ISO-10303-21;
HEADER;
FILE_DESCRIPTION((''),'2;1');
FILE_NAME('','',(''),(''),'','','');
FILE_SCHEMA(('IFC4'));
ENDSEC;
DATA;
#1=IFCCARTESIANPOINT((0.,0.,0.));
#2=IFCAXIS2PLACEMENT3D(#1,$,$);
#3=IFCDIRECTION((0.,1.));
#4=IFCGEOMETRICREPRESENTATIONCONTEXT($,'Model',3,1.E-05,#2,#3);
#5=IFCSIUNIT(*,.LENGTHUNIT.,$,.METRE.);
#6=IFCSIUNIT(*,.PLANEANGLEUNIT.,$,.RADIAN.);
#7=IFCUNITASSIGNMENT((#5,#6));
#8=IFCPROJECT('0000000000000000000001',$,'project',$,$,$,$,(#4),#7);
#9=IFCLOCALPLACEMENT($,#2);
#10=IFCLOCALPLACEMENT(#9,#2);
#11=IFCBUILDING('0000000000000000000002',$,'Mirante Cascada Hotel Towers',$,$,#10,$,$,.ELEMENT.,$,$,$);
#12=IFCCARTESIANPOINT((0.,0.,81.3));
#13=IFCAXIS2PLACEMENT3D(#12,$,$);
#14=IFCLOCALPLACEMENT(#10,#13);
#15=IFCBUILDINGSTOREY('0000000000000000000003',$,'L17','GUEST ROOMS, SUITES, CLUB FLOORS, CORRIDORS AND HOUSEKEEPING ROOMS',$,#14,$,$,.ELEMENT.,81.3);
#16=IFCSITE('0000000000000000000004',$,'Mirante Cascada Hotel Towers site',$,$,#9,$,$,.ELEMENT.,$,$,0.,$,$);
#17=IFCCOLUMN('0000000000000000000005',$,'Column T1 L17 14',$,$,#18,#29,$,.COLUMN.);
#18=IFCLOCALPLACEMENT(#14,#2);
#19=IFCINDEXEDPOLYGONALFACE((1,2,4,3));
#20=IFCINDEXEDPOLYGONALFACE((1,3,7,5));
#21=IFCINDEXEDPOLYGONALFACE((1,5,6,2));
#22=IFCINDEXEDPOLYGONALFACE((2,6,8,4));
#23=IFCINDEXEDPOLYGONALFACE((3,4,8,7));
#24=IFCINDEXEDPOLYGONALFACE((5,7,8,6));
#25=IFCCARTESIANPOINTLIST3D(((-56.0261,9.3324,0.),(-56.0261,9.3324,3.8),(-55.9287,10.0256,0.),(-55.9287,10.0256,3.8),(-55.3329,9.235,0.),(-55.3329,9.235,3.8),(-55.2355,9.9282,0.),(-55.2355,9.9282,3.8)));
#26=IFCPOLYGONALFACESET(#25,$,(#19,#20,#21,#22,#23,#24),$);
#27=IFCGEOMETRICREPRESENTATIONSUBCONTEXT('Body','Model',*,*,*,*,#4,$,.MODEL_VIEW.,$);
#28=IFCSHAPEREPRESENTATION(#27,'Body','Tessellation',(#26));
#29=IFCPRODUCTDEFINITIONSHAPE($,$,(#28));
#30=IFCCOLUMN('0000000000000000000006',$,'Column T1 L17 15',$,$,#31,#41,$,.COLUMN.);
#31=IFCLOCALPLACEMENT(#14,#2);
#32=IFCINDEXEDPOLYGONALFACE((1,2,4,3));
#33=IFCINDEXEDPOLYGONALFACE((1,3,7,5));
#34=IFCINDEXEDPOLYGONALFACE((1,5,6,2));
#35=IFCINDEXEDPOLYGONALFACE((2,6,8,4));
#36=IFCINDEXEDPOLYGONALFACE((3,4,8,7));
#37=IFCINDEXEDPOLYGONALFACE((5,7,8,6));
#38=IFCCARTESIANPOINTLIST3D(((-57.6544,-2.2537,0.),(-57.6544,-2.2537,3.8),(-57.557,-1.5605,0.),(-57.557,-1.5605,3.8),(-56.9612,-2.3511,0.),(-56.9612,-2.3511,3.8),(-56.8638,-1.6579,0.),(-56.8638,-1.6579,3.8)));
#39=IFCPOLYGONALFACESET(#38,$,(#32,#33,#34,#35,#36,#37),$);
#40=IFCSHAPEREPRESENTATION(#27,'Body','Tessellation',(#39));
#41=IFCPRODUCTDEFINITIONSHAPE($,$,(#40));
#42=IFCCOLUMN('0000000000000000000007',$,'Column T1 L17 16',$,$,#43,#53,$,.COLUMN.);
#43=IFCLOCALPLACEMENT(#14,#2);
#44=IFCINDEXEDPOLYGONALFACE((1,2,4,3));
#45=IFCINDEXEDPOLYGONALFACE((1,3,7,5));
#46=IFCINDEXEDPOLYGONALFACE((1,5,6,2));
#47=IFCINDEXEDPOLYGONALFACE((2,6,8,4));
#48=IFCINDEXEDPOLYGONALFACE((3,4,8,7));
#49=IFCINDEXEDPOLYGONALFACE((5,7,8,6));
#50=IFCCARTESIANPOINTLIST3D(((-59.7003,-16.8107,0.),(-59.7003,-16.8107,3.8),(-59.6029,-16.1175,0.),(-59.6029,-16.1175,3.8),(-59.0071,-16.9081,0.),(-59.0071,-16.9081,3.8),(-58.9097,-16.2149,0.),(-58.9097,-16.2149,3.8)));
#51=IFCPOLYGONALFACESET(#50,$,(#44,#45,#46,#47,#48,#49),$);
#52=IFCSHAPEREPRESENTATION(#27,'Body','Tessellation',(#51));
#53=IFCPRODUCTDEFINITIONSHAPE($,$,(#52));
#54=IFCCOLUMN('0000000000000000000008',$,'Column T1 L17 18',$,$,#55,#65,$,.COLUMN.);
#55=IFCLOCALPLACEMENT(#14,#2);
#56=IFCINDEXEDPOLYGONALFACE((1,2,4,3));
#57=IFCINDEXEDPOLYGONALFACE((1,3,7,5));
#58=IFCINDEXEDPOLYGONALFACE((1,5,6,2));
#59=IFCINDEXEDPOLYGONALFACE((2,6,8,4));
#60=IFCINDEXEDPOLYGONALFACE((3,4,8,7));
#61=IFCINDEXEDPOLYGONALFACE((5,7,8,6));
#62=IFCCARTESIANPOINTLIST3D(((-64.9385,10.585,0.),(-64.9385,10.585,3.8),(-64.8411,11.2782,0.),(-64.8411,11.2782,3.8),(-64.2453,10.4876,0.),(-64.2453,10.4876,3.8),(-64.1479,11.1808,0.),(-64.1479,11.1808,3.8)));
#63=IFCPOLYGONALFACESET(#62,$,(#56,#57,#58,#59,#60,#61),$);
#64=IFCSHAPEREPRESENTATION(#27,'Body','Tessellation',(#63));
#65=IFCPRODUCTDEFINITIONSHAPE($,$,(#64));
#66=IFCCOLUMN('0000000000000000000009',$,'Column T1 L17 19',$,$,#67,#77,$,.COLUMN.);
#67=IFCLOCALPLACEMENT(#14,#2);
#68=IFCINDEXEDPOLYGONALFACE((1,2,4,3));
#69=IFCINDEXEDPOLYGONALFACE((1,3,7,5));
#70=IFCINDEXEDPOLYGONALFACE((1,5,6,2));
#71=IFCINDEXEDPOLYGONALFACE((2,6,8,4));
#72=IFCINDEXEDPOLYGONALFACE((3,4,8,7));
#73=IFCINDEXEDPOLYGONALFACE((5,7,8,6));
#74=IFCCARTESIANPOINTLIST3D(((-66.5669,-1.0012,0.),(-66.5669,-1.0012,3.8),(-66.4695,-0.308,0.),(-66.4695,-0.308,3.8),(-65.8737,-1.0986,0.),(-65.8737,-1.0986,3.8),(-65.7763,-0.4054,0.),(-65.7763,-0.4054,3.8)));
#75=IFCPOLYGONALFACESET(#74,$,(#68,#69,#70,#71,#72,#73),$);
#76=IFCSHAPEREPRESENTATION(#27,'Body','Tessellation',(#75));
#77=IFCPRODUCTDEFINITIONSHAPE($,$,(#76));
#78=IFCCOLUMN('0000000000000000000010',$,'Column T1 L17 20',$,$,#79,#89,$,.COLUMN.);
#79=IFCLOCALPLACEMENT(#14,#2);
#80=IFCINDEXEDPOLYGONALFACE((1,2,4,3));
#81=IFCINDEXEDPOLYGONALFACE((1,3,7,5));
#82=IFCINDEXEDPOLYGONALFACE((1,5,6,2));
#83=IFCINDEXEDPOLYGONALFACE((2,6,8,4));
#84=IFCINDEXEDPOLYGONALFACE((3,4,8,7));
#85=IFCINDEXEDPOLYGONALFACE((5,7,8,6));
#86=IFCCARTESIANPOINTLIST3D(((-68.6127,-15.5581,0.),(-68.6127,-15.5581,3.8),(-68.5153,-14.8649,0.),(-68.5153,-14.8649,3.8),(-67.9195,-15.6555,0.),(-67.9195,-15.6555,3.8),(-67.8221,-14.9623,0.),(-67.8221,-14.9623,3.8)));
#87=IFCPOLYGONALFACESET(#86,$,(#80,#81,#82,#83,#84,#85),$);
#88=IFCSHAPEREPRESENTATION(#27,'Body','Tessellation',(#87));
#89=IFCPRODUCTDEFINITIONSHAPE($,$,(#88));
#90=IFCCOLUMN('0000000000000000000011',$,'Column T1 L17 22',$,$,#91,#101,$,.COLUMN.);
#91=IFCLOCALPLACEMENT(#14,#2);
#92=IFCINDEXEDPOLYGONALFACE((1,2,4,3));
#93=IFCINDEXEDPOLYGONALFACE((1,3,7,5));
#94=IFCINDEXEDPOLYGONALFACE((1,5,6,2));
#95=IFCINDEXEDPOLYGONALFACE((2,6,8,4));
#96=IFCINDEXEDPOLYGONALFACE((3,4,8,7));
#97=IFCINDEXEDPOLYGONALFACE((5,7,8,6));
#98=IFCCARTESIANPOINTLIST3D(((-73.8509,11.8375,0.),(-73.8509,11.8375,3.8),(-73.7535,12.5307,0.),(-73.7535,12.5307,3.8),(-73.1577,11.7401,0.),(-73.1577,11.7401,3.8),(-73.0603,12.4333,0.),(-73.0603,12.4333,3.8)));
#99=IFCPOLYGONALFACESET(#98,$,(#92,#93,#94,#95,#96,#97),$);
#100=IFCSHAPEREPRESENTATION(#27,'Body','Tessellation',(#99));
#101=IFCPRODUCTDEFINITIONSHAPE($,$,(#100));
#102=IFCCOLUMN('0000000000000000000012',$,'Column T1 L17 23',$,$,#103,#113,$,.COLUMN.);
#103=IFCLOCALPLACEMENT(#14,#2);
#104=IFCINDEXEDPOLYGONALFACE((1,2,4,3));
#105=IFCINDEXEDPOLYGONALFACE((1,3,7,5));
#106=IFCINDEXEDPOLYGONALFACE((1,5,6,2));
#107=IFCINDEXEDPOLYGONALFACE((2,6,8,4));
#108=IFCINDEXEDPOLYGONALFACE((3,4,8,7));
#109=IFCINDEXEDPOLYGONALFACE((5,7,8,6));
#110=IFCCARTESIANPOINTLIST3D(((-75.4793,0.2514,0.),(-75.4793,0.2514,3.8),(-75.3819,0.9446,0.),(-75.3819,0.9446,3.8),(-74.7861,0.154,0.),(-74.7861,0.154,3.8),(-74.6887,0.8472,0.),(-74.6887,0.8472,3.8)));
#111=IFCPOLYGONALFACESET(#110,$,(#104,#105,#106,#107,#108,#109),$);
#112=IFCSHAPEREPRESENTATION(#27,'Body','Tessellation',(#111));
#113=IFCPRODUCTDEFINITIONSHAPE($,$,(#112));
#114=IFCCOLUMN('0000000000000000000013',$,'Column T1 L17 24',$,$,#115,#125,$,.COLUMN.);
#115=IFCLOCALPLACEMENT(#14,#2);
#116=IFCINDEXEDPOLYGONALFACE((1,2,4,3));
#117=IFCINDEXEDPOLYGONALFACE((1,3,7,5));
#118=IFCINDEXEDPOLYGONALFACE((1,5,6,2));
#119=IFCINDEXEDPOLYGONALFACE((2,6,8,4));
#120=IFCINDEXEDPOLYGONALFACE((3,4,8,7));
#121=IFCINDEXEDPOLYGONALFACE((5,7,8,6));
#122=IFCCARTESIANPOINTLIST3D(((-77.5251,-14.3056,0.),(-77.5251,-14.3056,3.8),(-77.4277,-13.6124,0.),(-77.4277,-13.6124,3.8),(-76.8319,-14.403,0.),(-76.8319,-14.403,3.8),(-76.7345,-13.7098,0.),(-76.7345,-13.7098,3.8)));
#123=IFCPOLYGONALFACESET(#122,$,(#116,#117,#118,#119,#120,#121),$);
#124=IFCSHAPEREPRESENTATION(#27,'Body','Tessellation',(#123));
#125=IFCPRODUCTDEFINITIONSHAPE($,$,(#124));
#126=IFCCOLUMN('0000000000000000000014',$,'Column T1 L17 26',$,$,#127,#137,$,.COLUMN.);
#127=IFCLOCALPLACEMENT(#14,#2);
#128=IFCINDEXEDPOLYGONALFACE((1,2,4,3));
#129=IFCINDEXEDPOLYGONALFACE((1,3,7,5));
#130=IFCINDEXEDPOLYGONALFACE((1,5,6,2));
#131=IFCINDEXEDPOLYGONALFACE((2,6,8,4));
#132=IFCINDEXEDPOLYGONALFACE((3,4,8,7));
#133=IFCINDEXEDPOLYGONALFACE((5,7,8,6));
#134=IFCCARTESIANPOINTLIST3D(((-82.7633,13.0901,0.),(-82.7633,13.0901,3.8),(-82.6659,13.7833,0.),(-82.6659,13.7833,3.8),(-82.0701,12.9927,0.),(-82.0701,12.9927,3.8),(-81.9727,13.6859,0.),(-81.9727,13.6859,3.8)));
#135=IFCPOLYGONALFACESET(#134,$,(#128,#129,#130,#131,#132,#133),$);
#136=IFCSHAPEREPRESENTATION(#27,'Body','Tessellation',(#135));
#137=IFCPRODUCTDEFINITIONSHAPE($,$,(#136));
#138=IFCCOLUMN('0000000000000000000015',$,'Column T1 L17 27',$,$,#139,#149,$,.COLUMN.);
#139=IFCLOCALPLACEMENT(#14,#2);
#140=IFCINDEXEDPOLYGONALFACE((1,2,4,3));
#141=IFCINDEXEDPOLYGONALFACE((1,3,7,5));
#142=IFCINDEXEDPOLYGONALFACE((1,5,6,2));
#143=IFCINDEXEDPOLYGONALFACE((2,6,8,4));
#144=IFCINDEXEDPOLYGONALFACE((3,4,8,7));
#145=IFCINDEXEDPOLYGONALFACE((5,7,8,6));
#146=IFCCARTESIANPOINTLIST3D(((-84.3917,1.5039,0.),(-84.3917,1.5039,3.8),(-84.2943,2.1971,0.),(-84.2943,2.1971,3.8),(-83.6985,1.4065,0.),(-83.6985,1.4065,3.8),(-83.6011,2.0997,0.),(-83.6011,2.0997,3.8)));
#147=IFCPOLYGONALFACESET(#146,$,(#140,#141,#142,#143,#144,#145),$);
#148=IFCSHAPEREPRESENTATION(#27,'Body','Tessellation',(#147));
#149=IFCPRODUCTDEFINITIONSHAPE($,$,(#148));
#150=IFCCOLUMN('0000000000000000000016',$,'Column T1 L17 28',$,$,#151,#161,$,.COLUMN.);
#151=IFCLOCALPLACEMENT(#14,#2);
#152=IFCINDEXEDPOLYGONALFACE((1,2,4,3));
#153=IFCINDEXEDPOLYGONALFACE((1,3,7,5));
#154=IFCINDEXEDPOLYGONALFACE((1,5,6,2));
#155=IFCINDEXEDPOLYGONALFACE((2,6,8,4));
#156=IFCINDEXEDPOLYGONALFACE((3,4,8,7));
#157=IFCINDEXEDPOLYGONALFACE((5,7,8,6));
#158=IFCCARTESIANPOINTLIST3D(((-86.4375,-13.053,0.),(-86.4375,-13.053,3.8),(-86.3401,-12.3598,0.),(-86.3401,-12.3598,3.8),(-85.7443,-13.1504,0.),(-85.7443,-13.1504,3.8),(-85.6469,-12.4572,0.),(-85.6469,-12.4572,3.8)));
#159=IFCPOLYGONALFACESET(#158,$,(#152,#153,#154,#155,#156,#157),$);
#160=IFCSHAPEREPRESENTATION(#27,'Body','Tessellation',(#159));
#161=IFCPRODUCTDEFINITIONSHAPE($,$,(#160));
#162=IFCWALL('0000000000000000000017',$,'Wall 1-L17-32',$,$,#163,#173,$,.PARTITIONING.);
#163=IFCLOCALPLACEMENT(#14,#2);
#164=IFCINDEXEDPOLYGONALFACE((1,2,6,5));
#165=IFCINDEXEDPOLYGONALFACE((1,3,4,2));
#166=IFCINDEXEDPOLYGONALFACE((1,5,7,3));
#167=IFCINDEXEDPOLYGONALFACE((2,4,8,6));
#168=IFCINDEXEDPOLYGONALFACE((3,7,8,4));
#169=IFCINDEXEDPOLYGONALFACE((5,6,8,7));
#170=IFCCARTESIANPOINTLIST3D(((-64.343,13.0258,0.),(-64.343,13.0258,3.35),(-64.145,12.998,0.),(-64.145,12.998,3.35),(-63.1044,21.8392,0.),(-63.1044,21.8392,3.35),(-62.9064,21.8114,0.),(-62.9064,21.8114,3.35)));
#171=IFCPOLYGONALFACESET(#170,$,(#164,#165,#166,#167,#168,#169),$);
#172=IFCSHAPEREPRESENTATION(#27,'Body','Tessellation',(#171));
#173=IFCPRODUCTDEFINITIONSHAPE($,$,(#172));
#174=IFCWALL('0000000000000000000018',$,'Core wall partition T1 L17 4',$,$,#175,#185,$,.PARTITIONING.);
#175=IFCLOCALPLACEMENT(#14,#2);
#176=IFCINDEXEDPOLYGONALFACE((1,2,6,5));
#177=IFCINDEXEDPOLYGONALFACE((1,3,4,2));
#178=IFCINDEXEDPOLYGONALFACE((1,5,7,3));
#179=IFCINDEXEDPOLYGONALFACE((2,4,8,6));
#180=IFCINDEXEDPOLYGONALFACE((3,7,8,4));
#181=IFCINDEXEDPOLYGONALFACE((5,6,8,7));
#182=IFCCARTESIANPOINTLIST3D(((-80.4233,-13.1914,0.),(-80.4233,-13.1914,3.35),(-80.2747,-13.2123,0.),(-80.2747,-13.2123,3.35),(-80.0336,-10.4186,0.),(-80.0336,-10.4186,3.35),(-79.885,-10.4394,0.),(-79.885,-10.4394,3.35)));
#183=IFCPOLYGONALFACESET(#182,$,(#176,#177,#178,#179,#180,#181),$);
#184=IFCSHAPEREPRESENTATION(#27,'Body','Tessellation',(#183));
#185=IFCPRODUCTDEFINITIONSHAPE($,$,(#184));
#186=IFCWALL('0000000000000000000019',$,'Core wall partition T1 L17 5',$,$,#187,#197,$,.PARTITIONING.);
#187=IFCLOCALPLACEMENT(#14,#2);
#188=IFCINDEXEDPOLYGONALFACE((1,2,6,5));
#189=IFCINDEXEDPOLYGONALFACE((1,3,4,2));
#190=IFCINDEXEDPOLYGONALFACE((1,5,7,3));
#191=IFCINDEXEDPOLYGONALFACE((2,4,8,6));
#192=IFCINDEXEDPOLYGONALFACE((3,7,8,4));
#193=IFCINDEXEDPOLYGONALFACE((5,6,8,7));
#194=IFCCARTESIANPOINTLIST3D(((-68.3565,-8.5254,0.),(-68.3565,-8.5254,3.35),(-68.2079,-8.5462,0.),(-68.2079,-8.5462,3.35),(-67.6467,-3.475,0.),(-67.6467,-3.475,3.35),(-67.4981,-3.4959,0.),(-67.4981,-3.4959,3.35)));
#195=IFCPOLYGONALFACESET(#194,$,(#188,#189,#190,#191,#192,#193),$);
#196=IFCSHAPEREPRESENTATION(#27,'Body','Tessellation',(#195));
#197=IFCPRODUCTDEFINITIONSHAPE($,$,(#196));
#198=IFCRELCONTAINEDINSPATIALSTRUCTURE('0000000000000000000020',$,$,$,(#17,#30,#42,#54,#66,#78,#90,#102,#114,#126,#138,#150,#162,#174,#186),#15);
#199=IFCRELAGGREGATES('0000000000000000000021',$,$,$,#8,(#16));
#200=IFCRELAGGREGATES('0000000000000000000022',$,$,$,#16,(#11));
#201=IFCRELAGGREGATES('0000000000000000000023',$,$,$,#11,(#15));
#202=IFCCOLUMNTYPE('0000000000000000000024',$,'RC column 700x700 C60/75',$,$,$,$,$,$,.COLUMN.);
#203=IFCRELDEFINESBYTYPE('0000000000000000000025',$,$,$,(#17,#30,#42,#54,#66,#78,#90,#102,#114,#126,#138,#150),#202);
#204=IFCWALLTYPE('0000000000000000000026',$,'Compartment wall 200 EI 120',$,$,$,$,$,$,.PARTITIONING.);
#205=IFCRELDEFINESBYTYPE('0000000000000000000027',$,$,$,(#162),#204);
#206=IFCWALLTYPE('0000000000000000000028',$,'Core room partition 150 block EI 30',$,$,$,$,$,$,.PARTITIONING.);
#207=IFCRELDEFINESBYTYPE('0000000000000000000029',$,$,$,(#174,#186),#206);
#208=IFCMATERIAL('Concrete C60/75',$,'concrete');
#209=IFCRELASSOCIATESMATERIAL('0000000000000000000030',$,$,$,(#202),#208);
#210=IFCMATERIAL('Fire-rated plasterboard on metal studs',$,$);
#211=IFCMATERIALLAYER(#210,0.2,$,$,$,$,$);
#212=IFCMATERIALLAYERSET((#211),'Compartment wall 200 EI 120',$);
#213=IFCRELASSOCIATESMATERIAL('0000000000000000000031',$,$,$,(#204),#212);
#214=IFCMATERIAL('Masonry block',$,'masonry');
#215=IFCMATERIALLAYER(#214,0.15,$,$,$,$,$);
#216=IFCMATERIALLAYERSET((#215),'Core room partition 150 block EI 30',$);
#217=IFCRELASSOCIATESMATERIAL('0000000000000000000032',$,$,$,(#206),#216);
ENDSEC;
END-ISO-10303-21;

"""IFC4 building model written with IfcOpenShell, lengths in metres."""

from ifc_helpers import new_model, si_unit, direction, frame, frame_2d, origin, origin_2d, place, context, subcontext, project, spatial, rectangle, extrude, material, layer, layer_set, material_profile, profile_set, type_object, element, save


model = new_model("IFC4")

# Units and contexts
model_context = context("Model", 3, precision=1e-05, world=origin(), true_north=direction((0.0, 1.0)))
body_context = subcontext(model_context, "Body", "Model", "MODEL_VIEW")
ifc_project = project(units=[si_unit("LENGTHUNIT", "METRE"), si_unit("PLANEANGLEUNIT", "RADIAN")], contexts=[model_context])

# Site, building, storey
site_placement = place(None, origin())
site = spatial("IfcSite", under=ifc_project, at=site_placement, Name="Mirante Cascada Hotel Towers site", CompositionType="ELEMENT", RefElevation=0.0)
building_placement = place(site_placement, origin())
building = spatial("IfcBuilding", under=site, at=building_placement, Name="Mirante Cascada Hotel Towers", CompositionType="ELEMENT")
storey_placement = place(building_placement, frame((0.0, 0.0, 81.3)))
storey = spatial("IfcBuildingStorey", under=building, at=storey_placement, Name="L17", Description="GUEST ROOMS, SUITES, CLUB FLOORS, CORRIDORS AND HOUSEKEEPING ROOMS", CompositionType="ELEMENT", Elevation=81.3)

# Columns
ifc_material_1 = material(Name="Concrete C60/75", Category="concrete")
ifc_material_profile = material_profile(ifc_material_1, rectangle(XDim=0.7, YDim=0.7, at=origin_2d()), Name="RC column 700x700 C60/75")
ifc_profile_set = profile_set([ifc_material_profile], Name="Concrete C60/75")
column_type = type_object("IfcColumnType", Name="RC column 700x700 C60/75", PredefinedType="COLUMN", material=ifc_profile_set)
for number, where, z_axis, x_axis, name in (
    (1, (-55.6308, 9.6303, 0.0), (0.0, 0.0, 1.0), (-0.990268, 0.139173, 0.0), "Column T1 L17 14"),
    (2, (-57.2591, -1.9558, 0.0), (0.0, 0.0, 1.0), (-0.990268, 0.139173, 0.0), "Column T1 L17 15"),
    (3, (-59.305, -16.5128, 0.0), (0.0, 0.0, 1.0), (-0.990268, 0.139173, 0.0), "Column T1 L17 16"),
    (4, (-64.5432, 10.8829, 0.0), (0.0, 0.0, 1.0), (-0.990268, 0.139173, 0.0), "Column T1 L17 18"),
    (5, (-66.1716, -0.7033, 0.0), (0.0, 0.0, 1.0), (-0.990268, 0.139173, 0.0), "Column T1 L17 19"),
    (6, (-68.2174, -15.2602, 0.0), (0.0, 0.0, 1.0), (-0.990268, 0.139173, 0.0), "Column T1 L17 20"),
    (7, (-73.4556, 12.1354, 0.0), (0.0, 0.0, 1.0), (-0.990268, 0.139173, 0.0), "Column T1 L17 22"),
    (8, (-75.084, 0.5493, 0.0), (0.0, 0.0, 1.0), (-0.990268, 0.139173, 0.0), "Column T1 L17 23"),
    (9, (-77.1298, -14.0077, 0.0), (0.0, 0.0, 1.0), (-0.990268, 0.139173, 0.0), "Column T1 L17 24"),
    (10, (-82.368, 13.388, 0.0), (0.0, 0.0, 1.0), (-0.990268, 0.139173, 0.0), "Column T1 L17 26"),
    (11, (-83.9964, 1.8018, 0.0), (0.0, 0.0, 1.0), (-0.990268, 0.139173, 0.0), "Column T1 L17 27"),
    (12, (-86.0422, -12.7551, 0.0), (0.0, 0.0, 1.0), (-0.990268, 0.139173, 0.0), "Column T1 L17 28"),
):
    element("IfcColumn", number, at=place(storey_placement, frame(where, z_axis=z_axis, x_axis=x_axis)), inside=storey, type_object=column_type, Name=name, PredefinedType="COLUMN", context=body_context, shape_type="SweptSolid", body=[
        extrude(rectangle(XDim=0.7, YDim=0.7, at=origin_2d()), origin(), (0.0, 0.0, 1.0), 3.8),
    ])

# Walls
ifc_material_2 = material(Name="Fire-rated plasterboard on metal studs")
ifc_layer_1 = layer(ifc_material_2, 0.2)
ifc_layer_set_1 = layer_set([ifc_layer_1], Name="Compartment wall 200 EI 120")
wall_type_1 = type_object("IfcWallType", Name="Compartment wall 200 EI 120", PredefinedType="PARTITIONING", material=ifc_layer_set_1)
wall_1_placement = place(storey_placement, frame((-64.244, 13.0119, 0.0), z_axis=(0.0, 0.0, 1.0), x_axis=(0.139168, 0.990269, 0.0)))
element("IfcWall", 13, at=wall_1_placement, inside=storey, type_object=wall_type_1, Name="Wall 1-L17-32", PredefinedType="PARTITIONING", context=body_context, shape_type="SweptSolid", body=[
    extrude(rectangle(XDim=8.9, YDim=0.2, at=frame_2d((4.45, 0.0))), origin(), (0.0, 0.0, 1.0), 3.35),
])
ifc_material_3 = material(Name="Masonry block", Category="masonry")
ifc_layer_2 = layer(ifc_material_3, 0.15)
ifc_layer_set_2 = layer_set([ifc_layer_2], Name="Core room partition 150 block EI 30")
wall_type_2 = type_object("IfcWallType", Name="Core room partition 150 block EI 30", PredefinedType="PARTITIONING", material=ifc_layer_set_2)
wall_2_placement = place(storey_placement, frame((-80.349, -13.2018, 0.0), z_axis=(0.0, 0.0, 1.0), x_axis=(0.139176, 0.990268, 0.0)))
element("IfcWall", 14, at=wall_2_placement, inside=storey, type_object=wall_type_2, Name="Core wall partition T1 L17 4", PredefinedType="PARTITIONING", context=body_context, shape_type="SweptSolid", body=[
    extrude(rectangle(XDim=2.8001, YDim=0.15, at=frame_2d((1.4, 0.0))), origin(), (0.0, 0.0, 1.0), 3.35),
])
wall_3_placement = place(storey_placement, frame((-68.2822, -8.5358, 0.0), z_axis=(0.0, 0.0, 1.0), x_axis=(0.139176, 0.990268, 0.0)))
element("IfcWall", 15, at=wall_3_placement, inside=storey, type_object=wall_type_2, Name="Core wall partition T1 L17 5", PredefinedType="PARTITIONING", context=body_context, shape_type="SweptSolid", body=[
    extrude(rectangle(XDim=5.1, YDim=0.15, at=frame_2d((2.55, 0.0))), origin(), (0.0, 0.0, 1.0), 3.35),
])

save(model, "model.ifc")
